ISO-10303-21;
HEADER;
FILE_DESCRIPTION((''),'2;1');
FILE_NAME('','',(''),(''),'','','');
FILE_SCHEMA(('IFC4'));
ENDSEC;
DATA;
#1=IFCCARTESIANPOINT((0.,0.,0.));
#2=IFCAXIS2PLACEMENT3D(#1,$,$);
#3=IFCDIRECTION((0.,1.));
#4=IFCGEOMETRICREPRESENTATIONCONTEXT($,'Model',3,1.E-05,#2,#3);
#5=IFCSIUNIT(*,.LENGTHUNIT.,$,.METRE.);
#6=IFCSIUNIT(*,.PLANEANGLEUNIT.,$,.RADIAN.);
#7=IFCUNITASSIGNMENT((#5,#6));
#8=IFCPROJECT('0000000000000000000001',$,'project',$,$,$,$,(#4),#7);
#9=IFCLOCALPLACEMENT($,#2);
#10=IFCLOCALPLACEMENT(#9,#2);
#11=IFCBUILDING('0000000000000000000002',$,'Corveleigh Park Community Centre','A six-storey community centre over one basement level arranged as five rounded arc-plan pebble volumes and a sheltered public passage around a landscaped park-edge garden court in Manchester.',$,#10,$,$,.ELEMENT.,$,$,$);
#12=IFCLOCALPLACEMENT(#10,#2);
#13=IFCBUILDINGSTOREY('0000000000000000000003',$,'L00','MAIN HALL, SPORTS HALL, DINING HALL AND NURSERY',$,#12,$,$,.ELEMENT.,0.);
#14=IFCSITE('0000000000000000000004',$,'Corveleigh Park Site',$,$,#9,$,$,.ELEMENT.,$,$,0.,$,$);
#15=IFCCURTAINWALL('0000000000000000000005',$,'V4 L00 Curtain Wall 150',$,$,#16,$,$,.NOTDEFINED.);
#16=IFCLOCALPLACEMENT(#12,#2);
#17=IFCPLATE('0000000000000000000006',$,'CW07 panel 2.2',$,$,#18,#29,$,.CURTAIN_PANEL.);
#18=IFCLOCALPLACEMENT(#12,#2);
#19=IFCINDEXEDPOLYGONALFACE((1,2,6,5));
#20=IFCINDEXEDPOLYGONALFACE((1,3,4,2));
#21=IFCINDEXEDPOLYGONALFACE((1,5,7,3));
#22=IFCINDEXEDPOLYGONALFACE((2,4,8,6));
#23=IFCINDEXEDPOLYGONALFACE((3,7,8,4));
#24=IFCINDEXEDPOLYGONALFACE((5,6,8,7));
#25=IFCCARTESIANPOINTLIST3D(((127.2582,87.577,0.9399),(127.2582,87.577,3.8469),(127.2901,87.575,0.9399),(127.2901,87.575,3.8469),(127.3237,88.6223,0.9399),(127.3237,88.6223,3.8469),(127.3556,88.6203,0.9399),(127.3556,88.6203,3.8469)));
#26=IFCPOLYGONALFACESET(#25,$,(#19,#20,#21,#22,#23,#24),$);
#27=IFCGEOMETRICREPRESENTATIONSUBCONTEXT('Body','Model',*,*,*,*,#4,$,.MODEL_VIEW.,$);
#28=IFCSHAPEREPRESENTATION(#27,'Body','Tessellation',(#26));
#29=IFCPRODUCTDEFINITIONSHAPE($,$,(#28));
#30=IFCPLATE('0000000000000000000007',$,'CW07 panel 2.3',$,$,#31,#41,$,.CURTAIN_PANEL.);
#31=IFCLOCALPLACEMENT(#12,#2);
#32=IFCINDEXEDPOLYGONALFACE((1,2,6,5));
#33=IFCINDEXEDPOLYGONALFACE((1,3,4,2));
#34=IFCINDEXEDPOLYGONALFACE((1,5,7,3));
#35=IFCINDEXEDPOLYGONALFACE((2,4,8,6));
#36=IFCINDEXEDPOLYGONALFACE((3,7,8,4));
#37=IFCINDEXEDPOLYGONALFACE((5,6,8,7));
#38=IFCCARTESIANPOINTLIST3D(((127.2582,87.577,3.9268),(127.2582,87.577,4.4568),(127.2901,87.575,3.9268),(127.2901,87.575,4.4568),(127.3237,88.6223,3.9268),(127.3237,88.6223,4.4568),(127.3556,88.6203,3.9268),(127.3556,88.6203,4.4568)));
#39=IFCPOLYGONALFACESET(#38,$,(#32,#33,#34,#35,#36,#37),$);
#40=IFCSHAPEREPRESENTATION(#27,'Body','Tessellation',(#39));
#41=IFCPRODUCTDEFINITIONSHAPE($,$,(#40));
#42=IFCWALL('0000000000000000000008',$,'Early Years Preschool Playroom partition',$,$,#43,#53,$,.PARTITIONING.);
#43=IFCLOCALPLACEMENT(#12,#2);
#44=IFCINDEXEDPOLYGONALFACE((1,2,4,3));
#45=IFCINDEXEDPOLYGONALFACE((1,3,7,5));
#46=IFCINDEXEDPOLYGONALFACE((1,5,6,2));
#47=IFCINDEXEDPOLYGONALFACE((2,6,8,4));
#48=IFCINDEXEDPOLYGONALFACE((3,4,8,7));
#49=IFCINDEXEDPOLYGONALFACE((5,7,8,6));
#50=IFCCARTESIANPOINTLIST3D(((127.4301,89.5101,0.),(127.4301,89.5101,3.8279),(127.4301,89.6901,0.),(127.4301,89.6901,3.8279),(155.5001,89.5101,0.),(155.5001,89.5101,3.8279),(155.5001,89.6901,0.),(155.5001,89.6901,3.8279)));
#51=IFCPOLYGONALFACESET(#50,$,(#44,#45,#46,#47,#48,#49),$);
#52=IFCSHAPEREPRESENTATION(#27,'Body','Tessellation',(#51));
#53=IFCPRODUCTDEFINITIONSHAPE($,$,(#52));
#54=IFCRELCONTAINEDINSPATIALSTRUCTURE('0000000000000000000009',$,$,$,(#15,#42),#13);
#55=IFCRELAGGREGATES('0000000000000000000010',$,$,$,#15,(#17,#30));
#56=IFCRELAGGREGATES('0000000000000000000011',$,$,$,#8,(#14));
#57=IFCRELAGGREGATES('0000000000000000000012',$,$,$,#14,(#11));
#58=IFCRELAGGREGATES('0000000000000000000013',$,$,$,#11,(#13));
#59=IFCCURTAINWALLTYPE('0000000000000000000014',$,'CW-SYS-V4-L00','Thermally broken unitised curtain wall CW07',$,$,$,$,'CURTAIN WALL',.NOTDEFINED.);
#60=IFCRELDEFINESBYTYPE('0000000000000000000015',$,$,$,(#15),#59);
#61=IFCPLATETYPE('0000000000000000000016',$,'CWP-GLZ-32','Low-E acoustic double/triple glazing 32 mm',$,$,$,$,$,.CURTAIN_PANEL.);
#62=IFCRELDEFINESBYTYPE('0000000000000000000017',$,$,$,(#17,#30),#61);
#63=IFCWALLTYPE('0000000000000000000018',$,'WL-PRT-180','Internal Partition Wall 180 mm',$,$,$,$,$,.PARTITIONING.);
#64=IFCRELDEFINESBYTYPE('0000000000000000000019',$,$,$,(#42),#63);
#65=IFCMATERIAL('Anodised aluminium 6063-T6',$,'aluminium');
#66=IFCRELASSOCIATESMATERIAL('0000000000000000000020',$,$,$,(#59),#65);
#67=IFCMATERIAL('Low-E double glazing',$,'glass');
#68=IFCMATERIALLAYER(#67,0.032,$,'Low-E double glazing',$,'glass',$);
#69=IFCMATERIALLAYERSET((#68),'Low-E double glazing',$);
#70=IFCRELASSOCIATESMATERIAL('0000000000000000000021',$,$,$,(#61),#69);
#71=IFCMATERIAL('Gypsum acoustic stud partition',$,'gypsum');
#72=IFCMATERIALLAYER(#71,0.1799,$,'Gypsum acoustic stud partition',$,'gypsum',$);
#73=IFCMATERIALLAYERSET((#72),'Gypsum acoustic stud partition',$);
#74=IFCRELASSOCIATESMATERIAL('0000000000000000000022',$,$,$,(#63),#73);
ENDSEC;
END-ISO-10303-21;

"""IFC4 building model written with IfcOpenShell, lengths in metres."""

from ifc_helpers import new_model, si_unit, direction, frame, frame_2d, origin, origin_2d, place, context, subcontext, project, spatial, rectangle, extrude, material, layer, layer_set, type_object, element, aggregate, save


model = new_model("IFC4")

# Units and contexts
model_context = context("Model", 3, precision=1e-05, world=origin(), true_north=direction((0.0, 1.0)))
body_context = subcontext(model_context, "Body", "Model", "MODEL_VIEW")
ifc_project = project(units=[si_unit("LENGTHUNIT", "METRE"), si_unit("PLANEANGLEUNIT", "RADIAN")], contexts=[model_context])

# Site, building, storey
site_placement = place(None, origin())
site = spatial("IfcSite", under=ifc_project, at=site_placement, Name="Corveleigh Park Site", CompositionType="ELEMENT", RefElevation=0.0)
building_placement = place(site_placement, origin())
building = spatial("IfcBuilding", under=site, at=building_placement, Name="Corveleigh Park Community Centre", Description="A six-storey community centre over one basement level arranged as five rounded arc-plan pebble volumes and a sheltered public passage around a landscaped park-edge garden court in Manchester.", CompositionType="ELEMENT")
storey_placement = place(building_placement, origin())
storey = spatial("IfcBuildingStorey", under=building, at=storey_placement, Name="L00", Description="MAIN HALL, SPORTS HALL, DINING HALL AND NURSERY", CompositionType="ELEMENT", Elevation=0.0)

# Shared definitions
ifc_material_1 = material(Name="Anodised aluminium 6063-T6", Category="aluminium")
curtain_wall_type = type_object("IfcCurtainWallType", Name="CW-SYS-V4-L00", Description="Thermally broken unitised curtain wall CW07", ElementType="CURTAIN WALL", PredefinedType="NOTDEFINED", material=ifc_material_1)

# Curtain wall
curtain_wall_1_placement = place(storey_placement, origin())
curtain_wall_1 = element("IfcCurtainWall", 1, at=curtain_wall_1_placement, inside=storey, type_object=curtain_wall_type, Name="V4 L00 Curtain Wall 150", PredefinedType="NOTDEFINED")

# Plates
ifc_material_2 = material(Name="Low-E double glazing", Category="glass")
ifc_layer_1 = layer(ifc_material_2, 0.032, Name="Low-E double glazing", Category="glass")
ifc_layer_set_1 = layer_set([ifc_layer_1], Name="Low-E double glazing")
plate_type_1 = type_object("IfcPlateType", Name="CWP-GLZ-32", Description="Low-E acoustic double/triple glazing 32 mm", PredefinedType="CURTAIN_PANEL", material=ifc_layer_set_1)
plate_1_placement = place(storey_placement, frame((127.3069, 88.0986, 0.9399), z_axis=(0.0, 0.0, 1.0), x_axis=(0.062564, 0.998041, 0.0)))
plate_1 = element("IfcPlate", 2, at=plate_1_placement, type_object=plate_type_1, Name="CW07 panel 2.2", PredefinedType="CURTAIN_PANEL", context=body_context, shape_type="SweptSolid", body=[
    extrude(rectangle(XDim=1.0474, YDim=0.032, at=origin_2d()), origin(), (0.0, 0.0, 1.0), 2.907),
])
plate_2_placement = place(storey_placement, frame((127.3069, 88.0986, 3.9268), z_axis=(0.0, 0.0, 1.0), x_axis=(0.062564, 0.998041, 0.0)))
plate_2 = element("IfcPlate", 3, at=plate_2_placement, type_object=plate_type_1, Name="CW07 panel 2.3", PredefinedType="CURTAIN_PANEL", context=body_context, shape_type="SweptSolid", body=[
    extrude(rectangle(XDim=1.0474, YDim=0.032, at=origin_2d()), origin(), (0.0, 0.0, 1.0), 0.53),
])
aggregate(curtain_wall_1, [plate_1, plate_2])

# Wall
ifc_material_3 = material(Name="Gypsum acoustic stud partition", Category="gypsum")
ifc_layer_2 = layer(ifc_material_3, 0.1799, Name="Gypsum acoustic stud partition", Category="gypsum")
ifc_layer_set_2 = layer_set([ifc_layer_2], Name="Gypsum acoustic stud partition")
wall_type = type_object("IfcWallType", Name="WL-PRT-180", Description="Internal Partition Wall 180 mm", PredefinedType="PARTITIONING", material=ifc_layer_set_2)
wall_placement = place(storey_placement, frame((127.4299, 89.6001, 0.0), z_axis=(0.0, 0.0, 1.0), x_axis=(1.0, 0.0, 0.0)))
element("IfcWall", 4, at=wall_placement, inside=storey, type_object=wall_type, Name="Early Years Preschool Playroom partition", PredefinedType="PARTITIONING", context=body_context, shape_type="SweptSolid", body=[
    extrude(rectangle(XDim=28.0701, YDim=0.1799, at=frame_2d((14.0352, 0.0))), origin(), (0.0, 0.0, 1.0), 3.8279),
])

save(model, "model.ifc")
